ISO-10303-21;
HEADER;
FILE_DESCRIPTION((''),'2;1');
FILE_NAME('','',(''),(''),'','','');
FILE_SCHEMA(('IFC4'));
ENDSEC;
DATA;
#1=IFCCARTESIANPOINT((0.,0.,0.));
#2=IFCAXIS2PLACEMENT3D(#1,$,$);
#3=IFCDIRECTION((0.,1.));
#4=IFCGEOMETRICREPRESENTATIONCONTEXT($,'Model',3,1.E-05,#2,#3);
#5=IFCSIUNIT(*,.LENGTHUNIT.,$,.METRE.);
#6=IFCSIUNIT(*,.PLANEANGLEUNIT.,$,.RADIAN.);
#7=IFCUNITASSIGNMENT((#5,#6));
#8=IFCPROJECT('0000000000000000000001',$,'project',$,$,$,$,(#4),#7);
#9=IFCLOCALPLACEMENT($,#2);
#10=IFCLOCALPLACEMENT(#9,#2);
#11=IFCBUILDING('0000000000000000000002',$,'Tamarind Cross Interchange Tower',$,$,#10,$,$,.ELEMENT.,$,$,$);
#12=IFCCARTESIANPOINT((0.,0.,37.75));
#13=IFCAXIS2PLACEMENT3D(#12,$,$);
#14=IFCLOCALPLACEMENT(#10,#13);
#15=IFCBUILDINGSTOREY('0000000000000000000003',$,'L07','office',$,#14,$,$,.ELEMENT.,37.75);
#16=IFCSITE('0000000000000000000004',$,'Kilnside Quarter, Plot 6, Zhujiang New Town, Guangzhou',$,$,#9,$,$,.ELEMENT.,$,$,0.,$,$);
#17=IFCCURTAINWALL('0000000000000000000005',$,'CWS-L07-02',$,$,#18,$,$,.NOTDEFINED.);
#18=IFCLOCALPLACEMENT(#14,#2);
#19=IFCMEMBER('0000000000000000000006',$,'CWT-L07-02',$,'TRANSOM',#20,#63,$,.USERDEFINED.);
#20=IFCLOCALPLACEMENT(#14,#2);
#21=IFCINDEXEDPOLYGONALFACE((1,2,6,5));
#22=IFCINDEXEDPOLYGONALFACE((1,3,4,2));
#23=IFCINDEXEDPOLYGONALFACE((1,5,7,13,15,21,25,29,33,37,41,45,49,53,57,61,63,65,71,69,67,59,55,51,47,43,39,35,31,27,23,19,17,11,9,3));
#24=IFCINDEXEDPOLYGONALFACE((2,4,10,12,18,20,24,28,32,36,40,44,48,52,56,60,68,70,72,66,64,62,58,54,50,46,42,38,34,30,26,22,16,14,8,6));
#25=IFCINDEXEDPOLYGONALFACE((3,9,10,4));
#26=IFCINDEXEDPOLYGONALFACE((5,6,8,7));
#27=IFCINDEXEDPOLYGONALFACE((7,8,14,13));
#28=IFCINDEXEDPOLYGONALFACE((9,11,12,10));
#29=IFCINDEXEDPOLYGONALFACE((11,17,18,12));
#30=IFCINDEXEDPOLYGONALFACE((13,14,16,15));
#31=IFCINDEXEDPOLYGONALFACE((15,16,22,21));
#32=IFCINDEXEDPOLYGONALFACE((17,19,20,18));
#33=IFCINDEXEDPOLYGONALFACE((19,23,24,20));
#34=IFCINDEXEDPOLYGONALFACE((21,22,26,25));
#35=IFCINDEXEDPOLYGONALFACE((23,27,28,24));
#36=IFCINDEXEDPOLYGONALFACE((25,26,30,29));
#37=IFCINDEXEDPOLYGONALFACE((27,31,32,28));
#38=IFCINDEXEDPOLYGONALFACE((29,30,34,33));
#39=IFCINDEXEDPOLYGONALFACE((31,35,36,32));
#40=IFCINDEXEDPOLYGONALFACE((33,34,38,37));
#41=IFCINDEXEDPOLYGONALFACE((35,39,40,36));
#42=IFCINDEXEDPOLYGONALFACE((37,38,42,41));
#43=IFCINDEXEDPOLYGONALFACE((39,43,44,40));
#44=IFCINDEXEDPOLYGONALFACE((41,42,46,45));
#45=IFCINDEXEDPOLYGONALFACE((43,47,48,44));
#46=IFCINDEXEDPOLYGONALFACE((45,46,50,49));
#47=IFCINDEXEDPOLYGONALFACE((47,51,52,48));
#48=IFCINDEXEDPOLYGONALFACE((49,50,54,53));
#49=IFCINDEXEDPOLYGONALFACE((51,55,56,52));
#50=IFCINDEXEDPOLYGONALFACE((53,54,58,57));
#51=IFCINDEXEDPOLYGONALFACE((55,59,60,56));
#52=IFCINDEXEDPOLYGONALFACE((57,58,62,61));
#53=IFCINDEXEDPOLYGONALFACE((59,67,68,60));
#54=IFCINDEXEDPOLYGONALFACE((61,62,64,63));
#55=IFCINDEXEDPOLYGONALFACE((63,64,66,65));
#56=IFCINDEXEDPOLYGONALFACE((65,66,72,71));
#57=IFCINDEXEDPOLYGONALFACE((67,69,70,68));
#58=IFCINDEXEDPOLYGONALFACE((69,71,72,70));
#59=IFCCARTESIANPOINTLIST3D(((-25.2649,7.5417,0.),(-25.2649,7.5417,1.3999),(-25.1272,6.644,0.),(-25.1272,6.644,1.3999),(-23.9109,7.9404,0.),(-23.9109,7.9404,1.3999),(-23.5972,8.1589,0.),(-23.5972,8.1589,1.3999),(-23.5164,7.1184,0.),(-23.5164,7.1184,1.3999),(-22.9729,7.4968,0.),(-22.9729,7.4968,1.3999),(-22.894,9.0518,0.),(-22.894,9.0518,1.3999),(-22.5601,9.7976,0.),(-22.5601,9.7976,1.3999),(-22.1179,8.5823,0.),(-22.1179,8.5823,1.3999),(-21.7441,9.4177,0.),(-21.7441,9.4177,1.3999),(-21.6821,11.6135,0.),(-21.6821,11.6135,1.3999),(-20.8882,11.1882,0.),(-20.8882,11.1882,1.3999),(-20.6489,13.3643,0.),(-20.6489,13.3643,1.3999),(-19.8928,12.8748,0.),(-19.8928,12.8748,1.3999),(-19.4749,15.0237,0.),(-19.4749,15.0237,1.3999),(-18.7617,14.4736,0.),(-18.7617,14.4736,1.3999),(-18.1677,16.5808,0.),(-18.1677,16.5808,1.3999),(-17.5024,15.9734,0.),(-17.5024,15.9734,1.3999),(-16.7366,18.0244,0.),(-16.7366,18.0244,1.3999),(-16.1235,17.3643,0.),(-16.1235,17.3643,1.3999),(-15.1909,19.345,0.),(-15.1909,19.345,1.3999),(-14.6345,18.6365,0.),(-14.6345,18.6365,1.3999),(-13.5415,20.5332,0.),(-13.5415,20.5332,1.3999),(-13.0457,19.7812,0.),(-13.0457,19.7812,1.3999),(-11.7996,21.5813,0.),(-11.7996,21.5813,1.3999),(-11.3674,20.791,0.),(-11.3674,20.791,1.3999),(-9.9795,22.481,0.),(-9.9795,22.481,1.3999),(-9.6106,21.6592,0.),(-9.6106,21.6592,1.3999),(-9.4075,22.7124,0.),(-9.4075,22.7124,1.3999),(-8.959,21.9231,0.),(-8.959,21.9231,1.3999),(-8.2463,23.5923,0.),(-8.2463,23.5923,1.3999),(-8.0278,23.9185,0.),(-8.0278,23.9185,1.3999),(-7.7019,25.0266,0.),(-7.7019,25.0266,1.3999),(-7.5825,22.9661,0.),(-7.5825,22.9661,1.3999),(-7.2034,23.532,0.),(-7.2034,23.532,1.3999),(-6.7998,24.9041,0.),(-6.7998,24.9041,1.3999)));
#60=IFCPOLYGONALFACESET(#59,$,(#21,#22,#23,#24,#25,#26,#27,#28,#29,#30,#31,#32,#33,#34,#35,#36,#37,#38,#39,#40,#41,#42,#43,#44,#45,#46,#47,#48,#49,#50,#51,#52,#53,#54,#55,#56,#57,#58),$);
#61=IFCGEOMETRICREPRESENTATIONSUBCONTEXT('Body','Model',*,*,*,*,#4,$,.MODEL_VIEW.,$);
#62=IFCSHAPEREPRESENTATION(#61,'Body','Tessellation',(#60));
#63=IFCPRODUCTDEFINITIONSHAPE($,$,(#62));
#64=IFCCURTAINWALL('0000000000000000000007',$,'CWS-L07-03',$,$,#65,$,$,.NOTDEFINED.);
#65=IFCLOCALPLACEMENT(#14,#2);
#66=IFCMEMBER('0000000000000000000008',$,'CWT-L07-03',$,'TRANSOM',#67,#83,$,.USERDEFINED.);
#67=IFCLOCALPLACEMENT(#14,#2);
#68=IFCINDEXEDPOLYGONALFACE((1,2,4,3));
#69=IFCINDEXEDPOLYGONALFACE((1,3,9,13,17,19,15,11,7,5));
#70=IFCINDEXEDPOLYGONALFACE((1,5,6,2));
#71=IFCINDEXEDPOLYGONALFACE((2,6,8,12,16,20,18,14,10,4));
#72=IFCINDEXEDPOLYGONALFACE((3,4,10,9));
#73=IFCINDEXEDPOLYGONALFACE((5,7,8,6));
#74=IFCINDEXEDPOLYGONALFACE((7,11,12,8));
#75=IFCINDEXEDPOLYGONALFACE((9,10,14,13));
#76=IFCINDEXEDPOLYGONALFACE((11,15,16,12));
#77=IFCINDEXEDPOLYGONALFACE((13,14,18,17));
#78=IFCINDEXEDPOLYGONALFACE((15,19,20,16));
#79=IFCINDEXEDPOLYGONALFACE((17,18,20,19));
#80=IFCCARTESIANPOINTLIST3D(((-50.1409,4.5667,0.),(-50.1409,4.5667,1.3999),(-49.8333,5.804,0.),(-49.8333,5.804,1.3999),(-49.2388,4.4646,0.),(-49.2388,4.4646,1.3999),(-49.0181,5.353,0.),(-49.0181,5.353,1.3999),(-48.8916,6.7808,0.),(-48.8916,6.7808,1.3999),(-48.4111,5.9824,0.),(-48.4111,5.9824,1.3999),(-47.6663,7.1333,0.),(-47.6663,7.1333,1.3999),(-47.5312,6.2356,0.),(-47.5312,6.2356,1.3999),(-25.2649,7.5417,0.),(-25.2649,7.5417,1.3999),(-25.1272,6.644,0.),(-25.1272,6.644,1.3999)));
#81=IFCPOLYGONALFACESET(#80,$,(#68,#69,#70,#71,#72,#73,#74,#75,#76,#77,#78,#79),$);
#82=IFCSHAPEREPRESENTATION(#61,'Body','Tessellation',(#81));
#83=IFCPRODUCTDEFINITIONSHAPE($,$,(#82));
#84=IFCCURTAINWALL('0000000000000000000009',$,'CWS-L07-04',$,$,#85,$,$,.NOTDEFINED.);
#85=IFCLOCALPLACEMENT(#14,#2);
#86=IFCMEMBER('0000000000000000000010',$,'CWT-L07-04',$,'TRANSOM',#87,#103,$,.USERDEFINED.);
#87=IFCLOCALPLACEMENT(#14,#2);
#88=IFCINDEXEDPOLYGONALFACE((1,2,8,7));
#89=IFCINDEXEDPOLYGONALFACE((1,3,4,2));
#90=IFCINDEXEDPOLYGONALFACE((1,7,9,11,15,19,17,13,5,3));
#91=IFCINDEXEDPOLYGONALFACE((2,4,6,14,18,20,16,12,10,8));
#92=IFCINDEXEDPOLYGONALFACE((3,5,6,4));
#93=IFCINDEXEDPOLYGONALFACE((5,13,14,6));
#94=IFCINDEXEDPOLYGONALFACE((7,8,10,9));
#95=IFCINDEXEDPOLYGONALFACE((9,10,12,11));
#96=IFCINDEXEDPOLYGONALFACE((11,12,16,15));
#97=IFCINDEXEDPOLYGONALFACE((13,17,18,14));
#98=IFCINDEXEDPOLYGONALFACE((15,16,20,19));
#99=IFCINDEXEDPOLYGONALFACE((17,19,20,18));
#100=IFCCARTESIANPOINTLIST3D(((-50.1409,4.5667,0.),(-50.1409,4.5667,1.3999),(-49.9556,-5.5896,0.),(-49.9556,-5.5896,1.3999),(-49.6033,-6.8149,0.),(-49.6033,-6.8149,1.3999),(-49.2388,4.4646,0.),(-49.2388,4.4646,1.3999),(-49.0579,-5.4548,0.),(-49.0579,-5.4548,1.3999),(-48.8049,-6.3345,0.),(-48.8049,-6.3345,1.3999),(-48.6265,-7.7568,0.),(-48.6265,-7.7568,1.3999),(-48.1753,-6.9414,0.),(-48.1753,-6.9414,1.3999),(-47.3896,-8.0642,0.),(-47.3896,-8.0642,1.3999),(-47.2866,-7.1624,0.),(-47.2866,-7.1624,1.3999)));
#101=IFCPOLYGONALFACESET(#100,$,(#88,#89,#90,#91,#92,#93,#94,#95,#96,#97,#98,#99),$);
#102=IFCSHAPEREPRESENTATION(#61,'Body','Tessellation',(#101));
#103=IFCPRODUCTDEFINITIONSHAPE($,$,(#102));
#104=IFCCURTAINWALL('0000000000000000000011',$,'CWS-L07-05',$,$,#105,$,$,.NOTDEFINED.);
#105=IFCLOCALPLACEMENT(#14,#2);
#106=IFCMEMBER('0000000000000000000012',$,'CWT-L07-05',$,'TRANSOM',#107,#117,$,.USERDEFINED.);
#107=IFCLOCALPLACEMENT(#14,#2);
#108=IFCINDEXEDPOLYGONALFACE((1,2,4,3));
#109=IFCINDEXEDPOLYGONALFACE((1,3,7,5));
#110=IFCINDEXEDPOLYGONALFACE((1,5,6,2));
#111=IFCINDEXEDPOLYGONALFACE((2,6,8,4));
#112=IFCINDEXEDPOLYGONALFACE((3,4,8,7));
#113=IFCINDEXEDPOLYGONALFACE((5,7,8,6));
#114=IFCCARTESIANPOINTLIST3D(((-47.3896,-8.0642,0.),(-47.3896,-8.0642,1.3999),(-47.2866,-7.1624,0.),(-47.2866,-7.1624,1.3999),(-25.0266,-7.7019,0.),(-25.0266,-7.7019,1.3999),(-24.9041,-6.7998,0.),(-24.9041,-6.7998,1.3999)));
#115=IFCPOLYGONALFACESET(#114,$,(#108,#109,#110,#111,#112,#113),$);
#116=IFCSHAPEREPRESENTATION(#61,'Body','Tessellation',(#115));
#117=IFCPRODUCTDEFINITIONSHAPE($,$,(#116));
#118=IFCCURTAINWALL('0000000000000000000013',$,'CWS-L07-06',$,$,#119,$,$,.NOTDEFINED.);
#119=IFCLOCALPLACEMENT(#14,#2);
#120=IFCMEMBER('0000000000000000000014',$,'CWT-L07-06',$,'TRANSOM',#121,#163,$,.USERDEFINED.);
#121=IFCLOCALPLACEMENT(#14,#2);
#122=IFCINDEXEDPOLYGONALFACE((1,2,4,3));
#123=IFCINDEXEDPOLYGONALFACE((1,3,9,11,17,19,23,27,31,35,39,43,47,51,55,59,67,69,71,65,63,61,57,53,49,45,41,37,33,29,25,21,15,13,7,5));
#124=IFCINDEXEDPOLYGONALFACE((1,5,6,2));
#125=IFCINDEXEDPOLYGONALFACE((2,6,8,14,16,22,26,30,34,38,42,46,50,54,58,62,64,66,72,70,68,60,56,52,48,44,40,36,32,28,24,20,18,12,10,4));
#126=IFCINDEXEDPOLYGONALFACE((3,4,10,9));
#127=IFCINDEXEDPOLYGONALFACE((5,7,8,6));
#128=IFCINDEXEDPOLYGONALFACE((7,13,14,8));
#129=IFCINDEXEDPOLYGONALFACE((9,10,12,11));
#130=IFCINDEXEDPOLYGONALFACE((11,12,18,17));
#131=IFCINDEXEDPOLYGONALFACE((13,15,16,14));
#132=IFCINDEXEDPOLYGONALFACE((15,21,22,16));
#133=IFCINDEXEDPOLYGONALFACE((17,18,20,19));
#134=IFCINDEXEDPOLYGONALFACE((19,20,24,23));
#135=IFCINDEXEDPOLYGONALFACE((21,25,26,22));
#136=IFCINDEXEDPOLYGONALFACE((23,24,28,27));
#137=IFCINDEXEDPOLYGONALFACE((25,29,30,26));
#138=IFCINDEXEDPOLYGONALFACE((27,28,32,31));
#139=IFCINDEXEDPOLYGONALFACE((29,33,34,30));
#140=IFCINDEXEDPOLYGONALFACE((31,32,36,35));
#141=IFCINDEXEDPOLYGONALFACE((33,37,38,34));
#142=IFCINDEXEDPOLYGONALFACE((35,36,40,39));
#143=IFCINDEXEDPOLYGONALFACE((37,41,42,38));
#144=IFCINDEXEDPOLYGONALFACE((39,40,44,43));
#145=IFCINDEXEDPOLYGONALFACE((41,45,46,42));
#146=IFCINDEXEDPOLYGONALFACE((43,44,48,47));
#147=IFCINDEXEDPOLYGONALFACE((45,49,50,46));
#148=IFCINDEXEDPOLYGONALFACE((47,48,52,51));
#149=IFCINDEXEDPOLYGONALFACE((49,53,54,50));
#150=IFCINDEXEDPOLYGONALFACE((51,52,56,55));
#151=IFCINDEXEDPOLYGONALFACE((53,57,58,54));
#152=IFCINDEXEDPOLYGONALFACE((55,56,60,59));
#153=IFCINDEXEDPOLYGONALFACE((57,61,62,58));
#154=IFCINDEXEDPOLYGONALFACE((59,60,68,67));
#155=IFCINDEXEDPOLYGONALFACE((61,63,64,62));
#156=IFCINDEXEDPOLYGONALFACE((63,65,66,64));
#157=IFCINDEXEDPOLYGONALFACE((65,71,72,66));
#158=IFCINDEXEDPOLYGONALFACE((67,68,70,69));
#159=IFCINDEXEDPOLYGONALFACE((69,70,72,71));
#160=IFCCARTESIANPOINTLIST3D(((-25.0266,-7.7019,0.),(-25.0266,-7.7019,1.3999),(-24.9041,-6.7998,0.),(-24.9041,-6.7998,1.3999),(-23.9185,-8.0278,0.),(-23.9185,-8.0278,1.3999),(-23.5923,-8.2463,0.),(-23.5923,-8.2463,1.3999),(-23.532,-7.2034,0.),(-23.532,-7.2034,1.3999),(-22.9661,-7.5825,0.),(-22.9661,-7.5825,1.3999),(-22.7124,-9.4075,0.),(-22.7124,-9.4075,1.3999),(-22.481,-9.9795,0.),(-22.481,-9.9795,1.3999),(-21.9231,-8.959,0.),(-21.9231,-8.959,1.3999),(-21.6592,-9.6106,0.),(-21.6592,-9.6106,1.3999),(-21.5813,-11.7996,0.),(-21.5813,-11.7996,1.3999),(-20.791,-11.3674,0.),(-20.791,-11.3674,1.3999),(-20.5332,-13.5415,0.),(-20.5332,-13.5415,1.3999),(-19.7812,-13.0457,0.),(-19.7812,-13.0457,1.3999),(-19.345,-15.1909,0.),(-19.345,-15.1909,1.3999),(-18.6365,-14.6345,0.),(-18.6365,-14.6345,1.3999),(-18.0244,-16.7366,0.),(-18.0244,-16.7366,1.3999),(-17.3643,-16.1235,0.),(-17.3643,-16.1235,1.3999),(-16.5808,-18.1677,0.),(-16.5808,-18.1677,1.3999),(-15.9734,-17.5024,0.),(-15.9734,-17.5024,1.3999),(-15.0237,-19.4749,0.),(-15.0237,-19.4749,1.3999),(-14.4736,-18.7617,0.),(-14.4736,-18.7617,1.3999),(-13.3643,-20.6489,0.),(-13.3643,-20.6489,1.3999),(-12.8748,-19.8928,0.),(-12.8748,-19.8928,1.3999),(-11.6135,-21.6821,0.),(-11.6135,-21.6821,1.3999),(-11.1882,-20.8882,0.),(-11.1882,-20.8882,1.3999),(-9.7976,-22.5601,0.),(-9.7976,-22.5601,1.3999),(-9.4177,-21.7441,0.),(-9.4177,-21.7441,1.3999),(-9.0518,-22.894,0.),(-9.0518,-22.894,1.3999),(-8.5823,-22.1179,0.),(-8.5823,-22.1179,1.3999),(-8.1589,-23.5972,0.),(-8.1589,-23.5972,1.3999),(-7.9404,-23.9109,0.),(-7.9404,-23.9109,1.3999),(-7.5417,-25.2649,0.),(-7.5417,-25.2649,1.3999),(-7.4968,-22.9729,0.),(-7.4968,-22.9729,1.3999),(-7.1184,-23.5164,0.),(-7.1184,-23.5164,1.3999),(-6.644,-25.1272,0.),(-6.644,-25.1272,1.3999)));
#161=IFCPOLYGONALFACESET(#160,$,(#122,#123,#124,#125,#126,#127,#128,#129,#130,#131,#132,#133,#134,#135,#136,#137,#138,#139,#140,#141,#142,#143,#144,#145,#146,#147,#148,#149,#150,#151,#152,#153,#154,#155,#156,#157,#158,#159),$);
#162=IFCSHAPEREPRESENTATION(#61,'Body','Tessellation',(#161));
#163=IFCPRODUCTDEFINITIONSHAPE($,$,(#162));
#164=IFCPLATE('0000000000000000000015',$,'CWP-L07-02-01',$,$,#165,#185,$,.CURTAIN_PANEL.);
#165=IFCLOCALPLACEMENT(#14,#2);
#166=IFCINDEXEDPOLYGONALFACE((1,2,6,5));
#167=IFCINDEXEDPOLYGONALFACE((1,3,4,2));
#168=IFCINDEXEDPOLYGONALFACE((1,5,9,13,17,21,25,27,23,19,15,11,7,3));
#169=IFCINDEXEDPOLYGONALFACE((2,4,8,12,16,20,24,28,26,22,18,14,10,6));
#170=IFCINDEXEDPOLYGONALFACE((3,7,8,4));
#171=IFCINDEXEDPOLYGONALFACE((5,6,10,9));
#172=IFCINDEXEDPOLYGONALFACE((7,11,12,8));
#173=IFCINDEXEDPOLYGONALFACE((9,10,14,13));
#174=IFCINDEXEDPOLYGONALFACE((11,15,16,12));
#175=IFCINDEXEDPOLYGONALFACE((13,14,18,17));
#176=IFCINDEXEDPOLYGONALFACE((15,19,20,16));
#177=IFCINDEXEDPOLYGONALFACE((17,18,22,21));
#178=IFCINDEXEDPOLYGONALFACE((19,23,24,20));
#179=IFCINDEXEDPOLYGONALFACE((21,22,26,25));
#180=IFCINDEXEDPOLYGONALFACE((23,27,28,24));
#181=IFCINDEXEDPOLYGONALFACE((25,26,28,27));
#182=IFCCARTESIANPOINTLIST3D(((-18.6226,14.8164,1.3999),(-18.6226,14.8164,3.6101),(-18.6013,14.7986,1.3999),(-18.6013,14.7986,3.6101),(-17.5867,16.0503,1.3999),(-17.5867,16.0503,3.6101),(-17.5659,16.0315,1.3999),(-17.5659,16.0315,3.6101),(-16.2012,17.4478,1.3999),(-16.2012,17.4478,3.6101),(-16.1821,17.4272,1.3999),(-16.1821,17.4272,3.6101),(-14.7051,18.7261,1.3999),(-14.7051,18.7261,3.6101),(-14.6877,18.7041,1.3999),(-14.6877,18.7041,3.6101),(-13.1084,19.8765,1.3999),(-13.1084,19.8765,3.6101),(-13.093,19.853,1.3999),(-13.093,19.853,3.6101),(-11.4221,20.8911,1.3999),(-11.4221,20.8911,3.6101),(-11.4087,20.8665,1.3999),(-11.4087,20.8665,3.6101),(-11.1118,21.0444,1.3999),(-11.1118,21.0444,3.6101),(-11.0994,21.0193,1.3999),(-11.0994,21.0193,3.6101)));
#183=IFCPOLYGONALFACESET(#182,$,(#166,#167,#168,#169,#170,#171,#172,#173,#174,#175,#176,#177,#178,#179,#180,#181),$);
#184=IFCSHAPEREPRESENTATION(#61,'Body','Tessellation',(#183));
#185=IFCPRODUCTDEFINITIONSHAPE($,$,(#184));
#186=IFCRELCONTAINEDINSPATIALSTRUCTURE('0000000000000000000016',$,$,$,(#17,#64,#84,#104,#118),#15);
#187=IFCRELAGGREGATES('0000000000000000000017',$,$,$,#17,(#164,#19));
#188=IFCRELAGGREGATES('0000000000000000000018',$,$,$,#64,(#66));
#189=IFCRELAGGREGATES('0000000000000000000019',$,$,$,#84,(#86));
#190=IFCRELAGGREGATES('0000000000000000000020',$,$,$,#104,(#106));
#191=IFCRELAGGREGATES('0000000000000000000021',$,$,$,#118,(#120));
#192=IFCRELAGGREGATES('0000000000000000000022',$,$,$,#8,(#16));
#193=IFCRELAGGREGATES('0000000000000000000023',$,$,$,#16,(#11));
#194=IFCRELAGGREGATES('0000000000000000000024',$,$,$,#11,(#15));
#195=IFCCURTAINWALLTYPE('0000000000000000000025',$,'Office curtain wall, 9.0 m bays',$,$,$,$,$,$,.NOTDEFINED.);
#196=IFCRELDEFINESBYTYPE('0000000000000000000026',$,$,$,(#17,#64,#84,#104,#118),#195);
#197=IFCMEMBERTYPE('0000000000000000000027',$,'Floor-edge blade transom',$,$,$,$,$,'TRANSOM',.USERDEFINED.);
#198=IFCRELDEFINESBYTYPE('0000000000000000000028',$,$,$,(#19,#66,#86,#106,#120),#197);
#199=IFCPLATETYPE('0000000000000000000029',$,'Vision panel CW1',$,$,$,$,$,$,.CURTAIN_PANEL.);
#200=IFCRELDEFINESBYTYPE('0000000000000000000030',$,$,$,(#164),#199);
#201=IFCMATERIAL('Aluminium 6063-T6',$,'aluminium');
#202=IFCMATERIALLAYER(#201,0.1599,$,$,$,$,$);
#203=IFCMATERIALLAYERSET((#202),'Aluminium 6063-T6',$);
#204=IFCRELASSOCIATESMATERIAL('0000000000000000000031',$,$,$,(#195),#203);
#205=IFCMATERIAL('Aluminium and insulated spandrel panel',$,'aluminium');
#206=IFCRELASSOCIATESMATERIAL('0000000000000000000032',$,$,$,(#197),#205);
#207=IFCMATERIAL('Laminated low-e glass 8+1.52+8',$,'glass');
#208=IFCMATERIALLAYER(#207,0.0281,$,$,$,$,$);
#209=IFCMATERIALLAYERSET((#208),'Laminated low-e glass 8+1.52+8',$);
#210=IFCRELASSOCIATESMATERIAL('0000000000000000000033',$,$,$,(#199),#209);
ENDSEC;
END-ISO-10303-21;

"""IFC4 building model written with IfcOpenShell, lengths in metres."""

from ifc_helpers import new_model, si_unit, direction, frame, origin, place, context, subcontext, project, spatial, polyline, outline, extrude, material, layer, layer_set, type_object, element, aggregate, save


model = new_model("IFC4")

# Units and contexts
model_context = context("Model", 3, precision=1e-05, world=origin(), true_north=direction((0.0, 1.0)))
body_context = subcontext(model_context, "Body", "Model", "MODEL_VIEW")
ifc_project = project(units=[si_unit("LENGTHUNIT", "METRE"), si_unit("PLANEANGLEUNIT", "RADIAN")], contexts=[model_context])

# Site, building, storey
site_placement = place(None, origin())
site = spatial("IfcSite", under=ifc_project, at=site_placement, Name="Kilnside Quarter, Plot 6, Zhujiang New Town, Guangzhou", CompositionType="ELEMENT", RefElevation=0.0)
building_placement = place(site_placement, origin())
building = spatial("IfcBuilding", under=site, at=building_placement, Name="Tamarind Cross Interchange Tower", CompositionType="ELEMENT")
storey_placement = place(building_placement, frame((0.0, 0.0, 37.75)))
storey = spatial("IfcBuildingStorey", under=building, at=storey_placement, Name="L07", Description="office", CompositionType="ELEMENT", Elevation=37.75)

# Curtain walls, members
ifc_material_1 = material(Name="Aluminium 6063-T6", Category="aluminium")
ifc_layer_1 = layer(ifc_material_1, 0.1599)
ifc_layer_set_1 = layer_set([ifc_layer_1], Name="Aluminium 6063-T6")
curtain_wall_type = type_object("IfcCurtainWallType", Name="Office curtain wall, 9.0 m bays", PredefinedType="NOTDEFINED", material=ifc_layer_set_1)
curtain_wall_1_placement = place(storey_placement, origin())
curtain_wall_1 = element("IfcCurtainWall", 1, at=curtain_wall_1_placement, inside=storey, type_object=curtain_wall_type, Name="CWS-L07-02", PredefinedType="NOTDEFINED")
ifc_material_2 = material(Name="Aluminium and insulated spandrel panel", Category="aluminium")
member_type = type_object("IfcMemberType", Name="Floor-edge blade transom", ElementType="TRANSOM", PredefinedType="USERDEFINED", material=ifc_material_2)
member_1_placement = place(storey_placement, origin())
member_1 = element("IfcMember", 2, at=member_1_placement, type_object=member_type, Name="CWT-L07-02", ObjectType="TRANSOM", PredefinedType="USERDEFINED", context=body_context, shape_type="SweptSolid", body=[
    extrude(outline(polyline([(-6.7998, 24.9041), (-7.2034, 23.532), (-7.5825, 22.9661), (-8.959, 21.9231), (-9.6106, 21.6592), (-11.3674, 20.791), (-13.0457, 19.7812), (-14.6345, 18.6365), (-16.1235, 17.3643), (-17.5024, 15.9734), (-18.7617, 14.4736), (-19.8928, 12.8748), (-20.8882, 11.1882), (-21.7441, 9.4177), (-22.1179, 8.5823), (-22.9729, 7.4968), (-23.5164, 7.1184), (-25.1272, 6.644), (-25.2649, 7.5417), (-23.9109, 7.9404), (-23.5972, 8.1589), (-22.894, 9.0518), (-22.5601, 9.7976), (-21.6821, 11.6135), (-20.6489, 13.3643), (-19.4749, 15.0237), (-18.1677, 16.5808), (-16.7366, 18.0244), (-15.1909, 19.345), (-13.5415, 20.5332), (-11.7996, 21.5813), (-9.9795, 22.481), (-9.4075, 22.7124), (-8.2463, 23.5923), (-8.0278, 23.9185), (-7.7019, 25.0266), (-6.7998, 24.9041)])), origin(), (0.0, 0.0, 1.0), 1.3999),
])
curtain_wall_2_placement = place(storey_placement, origin())
curtain_wall_2 = element("IfcCurtainWall", 3, at=curtain_wall_2_placement, inside=storey, type_object=curtain_wall_type, Name="CWS-L07-03", PredefinedType="NOTDEFINED")
member_2_placement = place(storey_placement, origin())
member_2 = element("IfcMember", 4, at=member_2_placement, type_object=member_type, Name="CWT-L07-03", ObjectType="TRANSOM", PredefinedType="USERDEFINED", context=body_context, shape_type="SweptSolid", body=[
    extrude(outline(polyline([(-25.1272, 6.644), (-47.5312, 6.2356), (-48.4111, 5.9824), (-49.0181, 5.353), (-49.2388, 4.4646), (-50.1409, 4.5667), (-49.8333, 5.804), (-48.8916, 6.7808), (-47.6663, 7.1333), (-25.2649, 7.5417), (-25.1272, 6.644)])), origin(), (0.0, 0.0, 1.0), 1.3999),
])
curtain_wall_3_placement = place(storey_placement, origin())
curtain_wall_3 = element("IfcCurtainWall", 5, at=curtain_wall_3_placement, inside=storey, type_object=curtain_wall_type, Name="CWS-L07-04", PredefinedType="NOTDEFINED")
member_3_placement = place(storey_placement, origin())
member_3 = element("IfcMember", 6, at=member_3_placement, type_object=member_type, Name="CWT-L07-04", ObjectType="TRANSOM", PredefinedType="USERDEFINED", context=body_context, shape_type="SweptSolid", body=[
    extrude(outline(polyline([(-49.2388, 4.4646), (-49.0579, -5.4548), (-48.8049, -6.3345), (-48.1753, -6.9414), (-47.2866, -7.1624), (-47.3896, -8.0642), (-48.6265, -7.7568), (-49.6033, -6.8149), (-49.9556, -5.5896), (-50.1409, 4.5667), (-49.2388, 4.4646)])), origin(), (0.0, 0.0, 1.0), 1.3999),
])
curtain_wall_4_placement = place(storey_placement, origin())
curtain_wall_4 = element("IfcCurtainWall", 7, at=curtain_wall_4_placement, inside=storey, type_object=curtain_wall_type, Name="CWS-L07-05", PredefinedType="NOTDEFINED")
member_4_placement = place(storey_placement, origin())
member_4 = element("IfcMember", 8, at=member_4_placement, type_object=member_type, Name="CWT-L07-05", ObjectType="TRANSOM", PredefinedType="USERDEFINED", context=body_context, shape_type="SweptSolid", body=[
    extrude(outline(polyline([(-47.2866, -7.1624), (-24.9041, -6.7998), (-25.0266, -7.7019), (-47.3896, -8.0642), (-47.2866, -7.1624)])), origin(), (0.0, 0.0, 1.0), 1.3999),
])
curtain_wall_5_placement = place(storey_placement, origin())
curtain_wall_5 = element("IfcCurtainWall", 9, at=curtain_wall_5_placement, inside=storey, type_object=curtain_wall_type, Name="CWS-L07-06", PredefinedType="NOTDEFINED")
member_5_placement = place(storey_placement, origin())
member_5 = element("IfcMember", 10, at=member_5_placement, type_object=member_type, Name="CWT-L07-06", ObjectType="TRANSOM", PredefinedType="USERDEFINED", context=body_context, shape_type="SweptSolid", body=[
    extrude(outline(polyline([(-24.9041, -6.7998), (-23.532, -7.2034), (-22.9661, -7.5825), (-21.9231, -8.959), (-21.6592, -9.6106), (-20.791, -11.3674), (-19.7812, -13.0457), (-18.6365, -14.6345), (-17.3643, -16.1235), (-15.9734, -17.5024), (-14.4736, -18.7617), (-12.8748, -19.8928), (-11.1882, -20.8882), (-9.4177, -21.7441), (-8.5823, -22.1179), (-7.4968, -22.9729), (-7.1184, -23.5164), (-6.644, -25.1272), (-7.5417, -25.2649), (-7.9404, -23.9109), (-8.1589, -23.5972), (-9.0518, -22.894), (-9.7976, -22.5601), (-11.6135, -21.6821), (-13.3643, -20.6489), (-15.0237, -19.4749), (-16.5808, -18.1677), (-18.0244, -16.7366), (-19.345, -15.1909), (-20.5332, -13.5415), (-21.5813, -11.7996), (-22.481, -9.9795), (-22.7124, -9.4075), (-23.5923, -8.2463), (-23.9185, -8.0278), (-25.0266, -7.7019), (-24.9041, -6.7998)])), origin(), (0.0, 0.0, 1.0), 1.3999),
])

# Plate
ifc_material_3 = material(Name="Laminated low-e glass 8+1.52+8", Category="glass")
ifc_layer_2 = layer(ifc_material_3, 0.0281)
ifc_layer_set_2 = layer_set([ifc_layer_2], Name="Laminated low-e glass 8+1.52+8")
plate_type = type_object("IfcPlateType", Name="Vision panel CW1", PredefinedType="CURTAIN_PANEL", material=ifc_layer_set_2)
plate_1_placement = place(storey_placement, frame((0.0, 0.0, 1.3999)))
plate_1 = element("IfcPlate", 11, at=plate_1_placement, type_object=plate_type, Name="CWP-L07-02-01", PredefinedType="CURTAIN_PANEL", context=body_context, shape_type="SweptSolid", body=[
    extrude(outline(polyline([(-11.0994, 21.0193), (-11.4087, 20.8665), (-13.093, 19.853), (-14.6877, 18.7041), (-16.1821, 17.4272), (-17.5659, 16.0315), (-18.6013, 14.7986), (-18.6226, 14.8164), (-17.5867, 16.0503), (-16.2012, 17.4478), (-14.7051, 18.7261), (-13.1084, 19.8765), (-11.4221, 20.8911), (-11.1118, 21.0444), (-11.0994, 21.0193)])), origin(), (0.0, 0.0, 1.0), 2.2102),
])
aggregate(curtain_wall_1, [plate_1, member_1])
aggregate(curtain_wall_2, [member_2])
aggregate(curtain_wall_3, [member_3])
aggregate(curtain_wall_4, [member_4])
aggregate(curtain_wall_5, [member_5])

save(model, "model.ifc")
